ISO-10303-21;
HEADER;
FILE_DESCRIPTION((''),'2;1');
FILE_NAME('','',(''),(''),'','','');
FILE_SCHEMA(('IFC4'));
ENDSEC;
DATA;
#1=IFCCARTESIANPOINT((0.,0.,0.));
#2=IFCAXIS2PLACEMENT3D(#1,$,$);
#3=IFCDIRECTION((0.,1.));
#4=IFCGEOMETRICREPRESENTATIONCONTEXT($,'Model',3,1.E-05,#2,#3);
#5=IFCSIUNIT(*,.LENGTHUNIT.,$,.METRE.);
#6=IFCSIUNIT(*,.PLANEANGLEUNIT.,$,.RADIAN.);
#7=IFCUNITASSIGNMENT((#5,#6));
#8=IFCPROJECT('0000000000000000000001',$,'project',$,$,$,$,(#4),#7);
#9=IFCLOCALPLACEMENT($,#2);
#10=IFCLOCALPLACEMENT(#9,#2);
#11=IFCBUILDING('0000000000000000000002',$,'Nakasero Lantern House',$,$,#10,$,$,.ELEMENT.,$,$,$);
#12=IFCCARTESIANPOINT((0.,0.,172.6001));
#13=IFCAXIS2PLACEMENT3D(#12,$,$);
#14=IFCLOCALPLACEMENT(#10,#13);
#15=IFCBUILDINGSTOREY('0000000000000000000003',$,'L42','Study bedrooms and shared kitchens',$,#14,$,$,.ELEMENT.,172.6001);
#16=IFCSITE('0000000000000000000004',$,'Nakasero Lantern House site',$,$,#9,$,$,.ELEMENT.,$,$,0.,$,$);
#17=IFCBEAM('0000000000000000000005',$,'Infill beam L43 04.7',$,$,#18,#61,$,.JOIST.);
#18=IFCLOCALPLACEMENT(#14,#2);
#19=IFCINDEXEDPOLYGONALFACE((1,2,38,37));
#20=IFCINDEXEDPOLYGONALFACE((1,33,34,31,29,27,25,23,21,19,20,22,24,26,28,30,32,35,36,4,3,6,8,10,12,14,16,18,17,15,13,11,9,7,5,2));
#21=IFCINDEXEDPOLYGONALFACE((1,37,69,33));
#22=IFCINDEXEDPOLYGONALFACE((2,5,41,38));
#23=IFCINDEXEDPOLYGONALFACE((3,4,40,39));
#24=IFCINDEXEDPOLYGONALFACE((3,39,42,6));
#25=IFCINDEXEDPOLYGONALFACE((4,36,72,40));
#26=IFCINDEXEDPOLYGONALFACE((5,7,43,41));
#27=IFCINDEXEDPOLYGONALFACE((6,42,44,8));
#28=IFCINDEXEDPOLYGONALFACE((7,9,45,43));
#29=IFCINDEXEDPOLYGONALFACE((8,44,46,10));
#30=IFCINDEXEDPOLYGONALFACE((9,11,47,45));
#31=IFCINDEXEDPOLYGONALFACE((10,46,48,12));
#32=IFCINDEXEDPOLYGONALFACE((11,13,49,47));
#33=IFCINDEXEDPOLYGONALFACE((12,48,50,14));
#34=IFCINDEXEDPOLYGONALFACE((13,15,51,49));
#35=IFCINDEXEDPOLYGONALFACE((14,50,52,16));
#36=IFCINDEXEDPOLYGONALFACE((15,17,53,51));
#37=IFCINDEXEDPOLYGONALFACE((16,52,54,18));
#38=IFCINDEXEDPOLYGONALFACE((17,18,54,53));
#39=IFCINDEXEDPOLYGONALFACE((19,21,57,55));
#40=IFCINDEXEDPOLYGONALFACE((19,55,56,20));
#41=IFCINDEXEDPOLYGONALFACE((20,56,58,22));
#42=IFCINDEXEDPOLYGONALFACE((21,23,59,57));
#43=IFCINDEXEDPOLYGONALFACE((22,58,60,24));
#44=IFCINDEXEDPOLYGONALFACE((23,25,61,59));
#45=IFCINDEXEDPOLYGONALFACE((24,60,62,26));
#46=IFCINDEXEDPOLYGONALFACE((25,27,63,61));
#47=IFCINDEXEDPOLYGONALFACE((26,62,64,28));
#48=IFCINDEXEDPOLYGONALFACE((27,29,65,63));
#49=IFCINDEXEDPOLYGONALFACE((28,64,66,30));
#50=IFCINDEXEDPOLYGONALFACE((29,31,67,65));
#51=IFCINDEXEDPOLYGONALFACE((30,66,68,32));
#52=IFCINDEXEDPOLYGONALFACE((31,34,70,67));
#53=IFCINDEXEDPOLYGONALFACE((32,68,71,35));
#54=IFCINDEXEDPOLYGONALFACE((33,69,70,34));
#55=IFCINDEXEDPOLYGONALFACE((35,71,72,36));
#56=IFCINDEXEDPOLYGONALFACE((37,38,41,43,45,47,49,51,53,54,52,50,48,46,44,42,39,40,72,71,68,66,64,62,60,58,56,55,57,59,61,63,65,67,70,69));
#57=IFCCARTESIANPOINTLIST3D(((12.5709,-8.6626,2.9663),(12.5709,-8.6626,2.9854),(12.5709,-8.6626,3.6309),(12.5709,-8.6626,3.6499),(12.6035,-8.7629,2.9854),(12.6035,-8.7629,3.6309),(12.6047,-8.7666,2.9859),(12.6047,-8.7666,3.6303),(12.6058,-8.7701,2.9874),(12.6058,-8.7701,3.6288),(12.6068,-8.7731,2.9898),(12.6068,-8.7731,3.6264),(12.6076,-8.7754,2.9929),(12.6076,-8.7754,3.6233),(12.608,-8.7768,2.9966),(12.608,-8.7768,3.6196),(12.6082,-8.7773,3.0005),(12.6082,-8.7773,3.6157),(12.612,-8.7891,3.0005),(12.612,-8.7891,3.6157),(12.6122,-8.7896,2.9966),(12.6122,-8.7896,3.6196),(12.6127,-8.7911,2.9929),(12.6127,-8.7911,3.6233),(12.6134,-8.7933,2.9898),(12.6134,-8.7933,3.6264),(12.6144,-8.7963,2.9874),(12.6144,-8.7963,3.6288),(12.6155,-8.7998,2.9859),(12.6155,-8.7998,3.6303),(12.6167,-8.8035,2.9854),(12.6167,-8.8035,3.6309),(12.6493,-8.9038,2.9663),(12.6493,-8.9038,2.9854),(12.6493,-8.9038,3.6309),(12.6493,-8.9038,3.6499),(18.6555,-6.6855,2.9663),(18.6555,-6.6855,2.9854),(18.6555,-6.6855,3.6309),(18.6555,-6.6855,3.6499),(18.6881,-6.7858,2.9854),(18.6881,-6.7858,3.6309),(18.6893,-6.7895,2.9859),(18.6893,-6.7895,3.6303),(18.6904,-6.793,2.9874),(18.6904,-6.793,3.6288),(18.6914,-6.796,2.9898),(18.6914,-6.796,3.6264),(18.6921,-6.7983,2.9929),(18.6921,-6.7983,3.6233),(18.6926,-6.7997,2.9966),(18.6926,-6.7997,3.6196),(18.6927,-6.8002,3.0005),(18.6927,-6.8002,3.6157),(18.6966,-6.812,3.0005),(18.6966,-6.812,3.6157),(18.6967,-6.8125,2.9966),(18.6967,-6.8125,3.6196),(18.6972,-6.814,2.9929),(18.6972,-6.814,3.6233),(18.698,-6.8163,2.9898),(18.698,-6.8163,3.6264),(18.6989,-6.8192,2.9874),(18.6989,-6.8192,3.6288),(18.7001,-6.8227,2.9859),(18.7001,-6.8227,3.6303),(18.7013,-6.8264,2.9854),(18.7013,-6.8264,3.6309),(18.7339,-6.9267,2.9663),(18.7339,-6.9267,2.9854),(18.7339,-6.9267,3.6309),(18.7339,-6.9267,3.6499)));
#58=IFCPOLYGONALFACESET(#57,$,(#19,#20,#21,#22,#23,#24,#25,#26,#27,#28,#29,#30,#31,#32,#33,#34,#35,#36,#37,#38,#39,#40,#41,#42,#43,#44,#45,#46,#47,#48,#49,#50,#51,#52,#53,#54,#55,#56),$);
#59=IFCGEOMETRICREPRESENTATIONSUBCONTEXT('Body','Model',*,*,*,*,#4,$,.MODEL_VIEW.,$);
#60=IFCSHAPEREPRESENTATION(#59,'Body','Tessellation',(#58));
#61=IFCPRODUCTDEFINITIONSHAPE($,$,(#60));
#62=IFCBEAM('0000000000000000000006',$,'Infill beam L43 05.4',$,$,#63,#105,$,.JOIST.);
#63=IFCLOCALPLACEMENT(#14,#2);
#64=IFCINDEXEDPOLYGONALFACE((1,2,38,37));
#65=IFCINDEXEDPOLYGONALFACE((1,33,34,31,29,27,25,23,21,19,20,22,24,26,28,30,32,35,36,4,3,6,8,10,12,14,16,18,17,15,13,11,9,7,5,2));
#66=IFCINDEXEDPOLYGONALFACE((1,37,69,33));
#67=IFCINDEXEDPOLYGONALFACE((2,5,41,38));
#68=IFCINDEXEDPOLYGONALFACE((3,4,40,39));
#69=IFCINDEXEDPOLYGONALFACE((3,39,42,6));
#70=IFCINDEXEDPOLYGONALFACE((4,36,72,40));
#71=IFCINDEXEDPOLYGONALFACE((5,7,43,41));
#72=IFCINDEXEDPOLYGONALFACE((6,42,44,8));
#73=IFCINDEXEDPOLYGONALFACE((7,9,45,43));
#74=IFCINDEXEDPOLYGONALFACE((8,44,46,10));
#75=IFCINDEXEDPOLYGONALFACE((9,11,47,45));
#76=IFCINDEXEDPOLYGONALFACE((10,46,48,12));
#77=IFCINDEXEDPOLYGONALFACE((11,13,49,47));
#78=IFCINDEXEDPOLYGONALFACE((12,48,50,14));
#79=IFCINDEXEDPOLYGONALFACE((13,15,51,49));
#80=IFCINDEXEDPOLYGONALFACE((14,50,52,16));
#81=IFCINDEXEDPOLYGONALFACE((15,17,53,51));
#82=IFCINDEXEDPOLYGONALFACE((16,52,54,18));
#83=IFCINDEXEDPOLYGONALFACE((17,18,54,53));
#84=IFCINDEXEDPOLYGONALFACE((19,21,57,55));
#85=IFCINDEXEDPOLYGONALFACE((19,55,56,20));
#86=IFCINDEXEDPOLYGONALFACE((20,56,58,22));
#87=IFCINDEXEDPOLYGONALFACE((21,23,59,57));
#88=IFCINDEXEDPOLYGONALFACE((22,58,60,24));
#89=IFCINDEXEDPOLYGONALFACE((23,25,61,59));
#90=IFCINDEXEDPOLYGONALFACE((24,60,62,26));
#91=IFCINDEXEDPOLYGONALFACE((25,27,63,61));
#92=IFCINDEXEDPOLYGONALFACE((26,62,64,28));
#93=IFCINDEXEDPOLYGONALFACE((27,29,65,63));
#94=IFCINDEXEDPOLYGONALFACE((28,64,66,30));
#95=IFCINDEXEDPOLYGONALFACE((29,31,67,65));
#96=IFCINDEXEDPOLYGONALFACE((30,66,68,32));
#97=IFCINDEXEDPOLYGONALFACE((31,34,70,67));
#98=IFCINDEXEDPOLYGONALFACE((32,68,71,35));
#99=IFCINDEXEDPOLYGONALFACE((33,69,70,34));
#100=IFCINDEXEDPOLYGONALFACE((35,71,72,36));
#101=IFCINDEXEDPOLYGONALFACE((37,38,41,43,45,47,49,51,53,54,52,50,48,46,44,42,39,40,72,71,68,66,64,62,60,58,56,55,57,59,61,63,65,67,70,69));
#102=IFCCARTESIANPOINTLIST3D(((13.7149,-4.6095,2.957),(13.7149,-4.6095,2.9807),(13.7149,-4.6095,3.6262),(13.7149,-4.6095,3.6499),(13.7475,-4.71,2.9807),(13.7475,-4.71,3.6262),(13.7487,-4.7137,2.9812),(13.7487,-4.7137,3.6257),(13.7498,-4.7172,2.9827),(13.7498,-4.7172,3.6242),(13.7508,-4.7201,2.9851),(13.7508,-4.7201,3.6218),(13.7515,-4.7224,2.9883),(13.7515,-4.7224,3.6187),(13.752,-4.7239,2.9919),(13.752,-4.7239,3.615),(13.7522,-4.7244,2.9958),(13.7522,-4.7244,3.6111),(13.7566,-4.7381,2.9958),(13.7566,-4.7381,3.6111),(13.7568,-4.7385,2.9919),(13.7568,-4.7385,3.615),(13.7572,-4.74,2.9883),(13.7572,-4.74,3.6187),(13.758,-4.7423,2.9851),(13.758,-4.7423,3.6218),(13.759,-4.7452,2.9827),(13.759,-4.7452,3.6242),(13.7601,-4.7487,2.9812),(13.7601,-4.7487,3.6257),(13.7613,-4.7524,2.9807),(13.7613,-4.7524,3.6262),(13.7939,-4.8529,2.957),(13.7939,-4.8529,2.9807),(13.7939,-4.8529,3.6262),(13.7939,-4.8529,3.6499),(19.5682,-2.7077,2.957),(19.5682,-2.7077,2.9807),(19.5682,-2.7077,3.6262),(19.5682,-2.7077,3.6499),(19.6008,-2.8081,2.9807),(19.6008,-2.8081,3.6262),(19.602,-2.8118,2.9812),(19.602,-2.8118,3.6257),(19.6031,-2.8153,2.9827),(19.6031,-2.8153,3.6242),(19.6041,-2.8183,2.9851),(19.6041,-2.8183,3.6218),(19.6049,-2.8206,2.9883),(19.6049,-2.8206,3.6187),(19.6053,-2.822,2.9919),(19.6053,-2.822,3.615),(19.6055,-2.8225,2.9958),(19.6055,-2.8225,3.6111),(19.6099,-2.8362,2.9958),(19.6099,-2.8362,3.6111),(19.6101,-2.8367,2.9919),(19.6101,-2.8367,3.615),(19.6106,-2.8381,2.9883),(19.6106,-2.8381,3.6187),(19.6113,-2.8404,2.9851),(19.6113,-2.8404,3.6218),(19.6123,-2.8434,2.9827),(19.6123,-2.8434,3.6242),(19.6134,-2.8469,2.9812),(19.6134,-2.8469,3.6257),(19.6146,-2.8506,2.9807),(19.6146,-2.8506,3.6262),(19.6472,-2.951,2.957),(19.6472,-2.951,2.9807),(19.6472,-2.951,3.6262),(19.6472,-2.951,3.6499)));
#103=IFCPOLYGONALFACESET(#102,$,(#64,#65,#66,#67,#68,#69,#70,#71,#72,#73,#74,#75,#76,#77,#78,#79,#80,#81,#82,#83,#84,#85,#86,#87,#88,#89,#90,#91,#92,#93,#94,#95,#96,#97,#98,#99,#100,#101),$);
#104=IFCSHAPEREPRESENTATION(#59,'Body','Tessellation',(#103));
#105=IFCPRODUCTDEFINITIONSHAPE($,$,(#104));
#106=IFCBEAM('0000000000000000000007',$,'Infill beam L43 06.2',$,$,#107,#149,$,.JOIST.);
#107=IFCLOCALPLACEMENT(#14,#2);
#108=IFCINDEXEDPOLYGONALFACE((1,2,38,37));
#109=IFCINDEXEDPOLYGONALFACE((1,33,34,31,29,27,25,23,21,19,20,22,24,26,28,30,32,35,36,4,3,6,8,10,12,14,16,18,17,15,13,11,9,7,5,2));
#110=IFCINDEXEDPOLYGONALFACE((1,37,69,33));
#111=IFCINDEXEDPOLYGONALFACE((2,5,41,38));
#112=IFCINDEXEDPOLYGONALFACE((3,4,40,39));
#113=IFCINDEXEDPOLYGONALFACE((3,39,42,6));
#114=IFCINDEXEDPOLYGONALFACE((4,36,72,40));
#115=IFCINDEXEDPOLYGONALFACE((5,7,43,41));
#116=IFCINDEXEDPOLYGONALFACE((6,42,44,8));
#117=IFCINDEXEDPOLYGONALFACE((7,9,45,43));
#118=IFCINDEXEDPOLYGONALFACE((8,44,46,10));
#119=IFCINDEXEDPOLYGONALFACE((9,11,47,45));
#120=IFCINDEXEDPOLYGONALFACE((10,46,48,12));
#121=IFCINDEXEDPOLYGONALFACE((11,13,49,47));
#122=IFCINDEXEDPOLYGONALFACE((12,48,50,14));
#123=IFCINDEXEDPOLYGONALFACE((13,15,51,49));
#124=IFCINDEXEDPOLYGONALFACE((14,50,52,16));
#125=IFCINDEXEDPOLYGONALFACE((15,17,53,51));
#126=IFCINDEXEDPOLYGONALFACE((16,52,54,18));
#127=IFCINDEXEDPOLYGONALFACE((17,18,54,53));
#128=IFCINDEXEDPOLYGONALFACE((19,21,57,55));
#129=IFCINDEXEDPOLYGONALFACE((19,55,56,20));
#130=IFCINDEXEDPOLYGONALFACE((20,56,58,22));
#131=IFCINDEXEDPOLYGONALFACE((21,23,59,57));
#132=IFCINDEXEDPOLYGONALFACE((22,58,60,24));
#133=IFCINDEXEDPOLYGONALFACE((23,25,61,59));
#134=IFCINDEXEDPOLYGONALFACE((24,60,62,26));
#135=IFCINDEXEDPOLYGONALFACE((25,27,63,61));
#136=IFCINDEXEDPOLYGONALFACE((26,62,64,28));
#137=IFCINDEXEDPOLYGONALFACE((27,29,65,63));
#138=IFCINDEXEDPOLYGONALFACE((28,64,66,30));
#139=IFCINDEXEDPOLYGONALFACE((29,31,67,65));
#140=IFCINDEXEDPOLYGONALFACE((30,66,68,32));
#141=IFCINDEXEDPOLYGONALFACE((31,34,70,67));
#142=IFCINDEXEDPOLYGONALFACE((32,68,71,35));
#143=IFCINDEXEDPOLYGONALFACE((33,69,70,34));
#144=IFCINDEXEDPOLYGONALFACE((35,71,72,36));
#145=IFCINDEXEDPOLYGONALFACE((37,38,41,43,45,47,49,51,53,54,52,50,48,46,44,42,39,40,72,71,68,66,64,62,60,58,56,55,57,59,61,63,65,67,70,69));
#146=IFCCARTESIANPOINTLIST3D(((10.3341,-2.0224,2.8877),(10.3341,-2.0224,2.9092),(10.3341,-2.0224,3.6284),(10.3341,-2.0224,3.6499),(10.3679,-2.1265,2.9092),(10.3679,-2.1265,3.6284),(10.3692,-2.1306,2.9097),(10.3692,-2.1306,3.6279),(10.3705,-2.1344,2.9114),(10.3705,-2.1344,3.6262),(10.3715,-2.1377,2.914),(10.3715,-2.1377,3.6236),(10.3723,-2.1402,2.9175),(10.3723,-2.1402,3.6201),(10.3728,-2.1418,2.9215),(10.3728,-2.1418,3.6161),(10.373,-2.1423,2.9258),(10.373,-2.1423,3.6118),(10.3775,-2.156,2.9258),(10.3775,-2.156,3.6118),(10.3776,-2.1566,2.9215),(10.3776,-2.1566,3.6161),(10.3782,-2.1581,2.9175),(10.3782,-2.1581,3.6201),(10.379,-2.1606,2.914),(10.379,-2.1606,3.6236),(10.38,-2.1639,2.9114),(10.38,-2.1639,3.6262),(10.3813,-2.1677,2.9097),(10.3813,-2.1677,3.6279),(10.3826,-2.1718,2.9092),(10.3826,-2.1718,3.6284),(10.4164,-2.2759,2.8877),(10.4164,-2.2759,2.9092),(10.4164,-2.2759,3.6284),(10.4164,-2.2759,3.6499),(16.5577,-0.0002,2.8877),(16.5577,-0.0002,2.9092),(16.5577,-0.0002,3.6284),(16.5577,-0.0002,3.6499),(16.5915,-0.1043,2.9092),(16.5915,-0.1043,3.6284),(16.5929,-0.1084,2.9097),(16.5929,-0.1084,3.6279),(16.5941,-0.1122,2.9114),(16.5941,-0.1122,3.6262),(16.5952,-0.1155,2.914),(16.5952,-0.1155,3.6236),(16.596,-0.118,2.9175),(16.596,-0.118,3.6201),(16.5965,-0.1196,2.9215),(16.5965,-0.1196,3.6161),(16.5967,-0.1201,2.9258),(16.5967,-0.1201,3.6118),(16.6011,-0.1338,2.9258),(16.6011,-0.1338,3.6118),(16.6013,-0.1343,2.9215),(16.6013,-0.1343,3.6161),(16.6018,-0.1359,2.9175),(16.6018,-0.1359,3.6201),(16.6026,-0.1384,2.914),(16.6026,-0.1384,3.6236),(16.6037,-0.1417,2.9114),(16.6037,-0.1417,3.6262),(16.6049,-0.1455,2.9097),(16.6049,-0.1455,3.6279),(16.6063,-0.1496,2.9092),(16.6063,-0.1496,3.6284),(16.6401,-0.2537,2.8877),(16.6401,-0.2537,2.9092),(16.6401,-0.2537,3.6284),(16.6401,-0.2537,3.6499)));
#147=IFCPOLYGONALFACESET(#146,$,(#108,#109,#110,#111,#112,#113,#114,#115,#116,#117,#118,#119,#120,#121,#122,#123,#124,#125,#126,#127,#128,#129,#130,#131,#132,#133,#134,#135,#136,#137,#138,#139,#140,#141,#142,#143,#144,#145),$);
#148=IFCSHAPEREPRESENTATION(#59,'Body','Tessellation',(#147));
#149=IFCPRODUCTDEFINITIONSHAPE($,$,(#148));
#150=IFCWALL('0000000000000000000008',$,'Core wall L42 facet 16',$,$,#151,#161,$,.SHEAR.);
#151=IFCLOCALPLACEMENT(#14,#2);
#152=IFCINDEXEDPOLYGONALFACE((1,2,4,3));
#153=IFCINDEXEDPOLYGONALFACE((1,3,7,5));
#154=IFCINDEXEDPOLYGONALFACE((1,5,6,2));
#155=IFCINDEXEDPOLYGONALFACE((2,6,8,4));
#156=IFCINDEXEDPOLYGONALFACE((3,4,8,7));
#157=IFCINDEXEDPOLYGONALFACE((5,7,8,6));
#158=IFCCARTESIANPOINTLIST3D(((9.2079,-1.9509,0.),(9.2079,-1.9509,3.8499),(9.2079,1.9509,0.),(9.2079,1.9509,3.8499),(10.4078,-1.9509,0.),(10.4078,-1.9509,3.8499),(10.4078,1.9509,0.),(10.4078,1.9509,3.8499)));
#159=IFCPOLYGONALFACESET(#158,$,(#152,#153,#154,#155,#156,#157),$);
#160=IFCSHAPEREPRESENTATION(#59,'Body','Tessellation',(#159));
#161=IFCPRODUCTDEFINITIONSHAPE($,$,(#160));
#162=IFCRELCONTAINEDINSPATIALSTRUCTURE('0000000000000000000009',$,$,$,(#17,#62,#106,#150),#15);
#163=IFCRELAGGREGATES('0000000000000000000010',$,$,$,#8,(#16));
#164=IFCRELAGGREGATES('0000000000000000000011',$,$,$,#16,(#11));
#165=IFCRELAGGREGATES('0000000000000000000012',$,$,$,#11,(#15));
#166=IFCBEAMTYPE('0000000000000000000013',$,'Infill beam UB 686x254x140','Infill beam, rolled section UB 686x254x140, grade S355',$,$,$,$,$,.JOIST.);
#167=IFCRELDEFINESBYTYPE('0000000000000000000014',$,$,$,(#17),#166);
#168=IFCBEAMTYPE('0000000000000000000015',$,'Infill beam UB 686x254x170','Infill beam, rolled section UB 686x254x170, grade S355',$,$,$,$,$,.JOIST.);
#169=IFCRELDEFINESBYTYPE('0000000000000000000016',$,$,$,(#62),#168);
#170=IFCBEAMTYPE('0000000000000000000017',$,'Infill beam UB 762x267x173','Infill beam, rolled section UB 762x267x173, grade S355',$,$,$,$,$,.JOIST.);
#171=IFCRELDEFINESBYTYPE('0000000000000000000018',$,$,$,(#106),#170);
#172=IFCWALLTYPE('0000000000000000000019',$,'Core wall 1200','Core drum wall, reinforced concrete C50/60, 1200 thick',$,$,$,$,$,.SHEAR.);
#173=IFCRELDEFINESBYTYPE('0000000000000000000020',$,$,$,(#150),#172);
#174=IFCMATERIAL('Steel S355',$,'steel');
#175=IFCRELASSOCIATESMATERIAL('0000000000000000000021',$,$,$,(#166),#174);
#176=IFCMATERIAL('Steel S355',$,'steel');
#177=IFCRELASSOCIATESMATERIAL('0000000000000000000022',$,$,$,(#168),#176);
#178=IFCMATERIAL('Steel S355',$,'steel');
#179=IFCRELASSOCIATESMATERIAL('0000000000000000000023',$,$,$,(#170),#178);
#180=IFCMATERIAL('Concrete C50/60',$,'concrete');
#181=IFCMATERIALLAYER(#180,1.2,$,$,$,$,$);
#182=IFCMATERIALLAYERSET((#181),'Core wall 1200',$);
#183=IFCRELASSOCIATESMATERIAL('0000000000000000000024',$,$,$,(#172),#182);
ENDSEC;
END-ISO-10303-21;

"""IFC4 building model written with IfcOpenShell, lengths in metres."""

from ifc_helpers import new_model, si_unit, direction, frame, frame_2d, origin, origin_2d, place, context, subcontext, project, spatial, rectangle, i_section, extrude, material, layer, layer_set, material_profile, profile_set, type_object, element, save


model = new_model("IFC4")

# Units and contexts
model_context = context("Model", 3, precision=1e-05, world=origin(), true_north=direction((0.0, 1.0)))
body_context = subcontext(model_context, "Body", "Model", "MODEL_VIEW")
ifc_project = project(units=[si_unit("LENGTHUNIT", "METRE"), si_unit("PLANEANGLEUNIT", "RADIAN")], contexts=[model_context])

# Site, building, storey
site_placement = place(None, origin())
site = spatial("IfcSite", under=ifc_project, at=site_placement, Name="Nakasero Lantern House site", CompositionType="ELEMENT", RefElevation=0.0)
building_placement = place(site_placement, origin())
building = spatial("IfcBuilding", under=site, at=building_placement, Name="Nakasero Lantern House", CompositionType="ELEMENT")
storey_placement = place(building_placement, frame((0.0, 0.0, 172.6001)))
storey = spatial("IfcBuildingStorey", under=building, at=storey_placement, Name="L42", Description="Study bedrooms and shared kitchens", CompositionType="ELEMENT", Elevation=172.6001)

# Beams
ifc_material_1 = material(Name="Steel S355", Category="steel")
ifc_material_profile_1 = material_profile(ifc_material_1, i_section(OverallWidth=0.2537, OverallDepth=0.6836, WebThickness=0.0125, FlangeThickness=0.019, FilletRadius=0.0151, at=origin_2d()), Name="UB 686x254x140")
ifc_profile_set_1 = profile_set([ifc_material_profile_1], Name="Steel S355")
beam_type_1 = type_object("IfcBeamType", Name="Infill beam UB 686x254x140", Description="Infill beam, rolled section UB 686x254x140, grade S355", PredefinedType="JOIST", material=ifc_profile_set_1)
beam_1_placement = place(storey_placement, frame((12.6101, -8.7832, 3.3081), z_axis=(0.951053, 0.309029, 0.0), x_axis=(-0.309029, 0.951053, 0.0)))
element("IfcBeam", 1, at=beam_1_placement, inside=storey, type_object=beam_type_1, Name="Infill beam L43 04.7", PredefinedType="JOIST", context=body_context, shape_type="SweptSolid", body=[
    extrude(i_section(OverallWidth=0.2537, OverallDepth=0.6836, WebThickness=0.0125, FlangeThickness=0.019, FilletRadius=0.0151, at=origin_2d()), origin(), (0.0, 0.0, 1.0), 6.3977),
])
ifc_material_2 = material(Name="Steel S355", Category="steel")
ifc_material_profile_2 = material_profile(ifc_material_2, i_section(OverallWidth=0.2559, OverallDepth=0.6929, WebThickness=0.0144, FlangeThickness=0.0237, FilletRadius=0.0151, at=origin_2d()), Name="UB 686x254x170")
ifc_profile_set_2 = profile_set([ifc_material_profile_2], Name="Steel S355")
beam_type_2 = type_object("IfcBeamType", Name="Infill beam UB 686x254x170", Description="Infill beam, rolled section UB 686x254x170, grade S355", PredefinedType="JOIST", material=ifc_profile_set_2)
beam_2_placement = place(storey_placement, frame((13.7544, -4.7312, 3.3035), z_axis=(0.951056, 0.309019, 0.0), x_axis=(-0.309019, 0.951056, 0.0)))
element("IfcBeam", 2, at=beam_2_placement, inside=storey, type_object=beam_type_2, Name="Infill beam L43 05.4", PredefinedType="JOIST", context=body_context, shape_type="SweptSolid", body=[
    extrude(i_section(OverallWidth=0.2559, OverallDepth=0.6929, WebThickness=0.0144, FlangeThickness=0.0237, FilletRadius=0.0151, at=origin_2d()), origin(), (0.0, 0.0, 1.0), 6.1545),
])
ifc_material_3 = material(Name="Steel S355", Category="steel")
ifc_material_profile_3 = material_profile(ifc_material_3, i_section(OverallWidth=0.2666, OverallDepth=0.7622, WebThickness=0.0144, FlangeThickness=0.0215, FilletRadius=0.0166, at=origin_2d()), Name="UB 762x267x173")
ifc_profile_set_3 = profile_set([ifc_material_profile_3], Name="Steel S355")
beam_type_3 = type_object("IfcBeamType", Name="Infill beam UB 762x267x173", Description="Infill beam, rolled section UB 762x267x173, grade S355", PredefinedType="JOIST", material=ifc_profile_set_3)
beam_3_placement = place(storey_placement, frame((10.3752, -2.1492, 3.2688), z_axis=(0.951055, 0.309022, 0.0), x_axis=(-0.309022, 0.951055, 0.0)))
element("IfcBeam", 3, at=beam_3_placement, inside=storey, type_object=beam_type_3, Name="Infill beam L43 06.2", PredefinedType="JOIST", context=body_context, shape_type="SweptSolid", body=[
    extrude(i_section(OverallWidth=0.2666, OverallDepth=0.7622, WebThickness=0.0144, FlangeThickness=0.0215, FilletRadius=0.0166, at=origin_2d()), origin(), (0.0, 0.0, 1.0), 6.5439),
])

# Wall
ifc_material_4 = material(Name="Concrete C50/60", Category="concrete")
ifc_layer_1 = layer(ifc_material_4, 1.2)
ifc_layer_set_1 = layer_set([ifc_layer_1], Name="Core wall 1200")
wall_type_1 = type_object("IfcWallType", Name="Core wall 1200", Description="Core drum wall, reinforced concrete C50/60, 1200 thick", PredefinedType="SHEAR", material=ifc_layer_set_1)
wall_1_placement = place(storey_placement, frame((9.8079, -1.9509, 0.0), z_axis=(0.0, 0.0, 1.0), x_axis=(0.0, 1.0, 0.0)))
element("IfcWall", 4, at=wall_1_placement, inside=storey, type_object=wall_type_1, Name="Core wall L42 facet 16", PredefinedType="SHEAR", context=body_context, shape_type="SweptSolid", body=[
    extrude(rectangle(XDim=3.9019, YDim=1.2, at=frame_2d((1.9509, 0.0))), origin(), (0.0, 0.0, 1.0), 3.8499),
])

save(model, "model.ifc")
